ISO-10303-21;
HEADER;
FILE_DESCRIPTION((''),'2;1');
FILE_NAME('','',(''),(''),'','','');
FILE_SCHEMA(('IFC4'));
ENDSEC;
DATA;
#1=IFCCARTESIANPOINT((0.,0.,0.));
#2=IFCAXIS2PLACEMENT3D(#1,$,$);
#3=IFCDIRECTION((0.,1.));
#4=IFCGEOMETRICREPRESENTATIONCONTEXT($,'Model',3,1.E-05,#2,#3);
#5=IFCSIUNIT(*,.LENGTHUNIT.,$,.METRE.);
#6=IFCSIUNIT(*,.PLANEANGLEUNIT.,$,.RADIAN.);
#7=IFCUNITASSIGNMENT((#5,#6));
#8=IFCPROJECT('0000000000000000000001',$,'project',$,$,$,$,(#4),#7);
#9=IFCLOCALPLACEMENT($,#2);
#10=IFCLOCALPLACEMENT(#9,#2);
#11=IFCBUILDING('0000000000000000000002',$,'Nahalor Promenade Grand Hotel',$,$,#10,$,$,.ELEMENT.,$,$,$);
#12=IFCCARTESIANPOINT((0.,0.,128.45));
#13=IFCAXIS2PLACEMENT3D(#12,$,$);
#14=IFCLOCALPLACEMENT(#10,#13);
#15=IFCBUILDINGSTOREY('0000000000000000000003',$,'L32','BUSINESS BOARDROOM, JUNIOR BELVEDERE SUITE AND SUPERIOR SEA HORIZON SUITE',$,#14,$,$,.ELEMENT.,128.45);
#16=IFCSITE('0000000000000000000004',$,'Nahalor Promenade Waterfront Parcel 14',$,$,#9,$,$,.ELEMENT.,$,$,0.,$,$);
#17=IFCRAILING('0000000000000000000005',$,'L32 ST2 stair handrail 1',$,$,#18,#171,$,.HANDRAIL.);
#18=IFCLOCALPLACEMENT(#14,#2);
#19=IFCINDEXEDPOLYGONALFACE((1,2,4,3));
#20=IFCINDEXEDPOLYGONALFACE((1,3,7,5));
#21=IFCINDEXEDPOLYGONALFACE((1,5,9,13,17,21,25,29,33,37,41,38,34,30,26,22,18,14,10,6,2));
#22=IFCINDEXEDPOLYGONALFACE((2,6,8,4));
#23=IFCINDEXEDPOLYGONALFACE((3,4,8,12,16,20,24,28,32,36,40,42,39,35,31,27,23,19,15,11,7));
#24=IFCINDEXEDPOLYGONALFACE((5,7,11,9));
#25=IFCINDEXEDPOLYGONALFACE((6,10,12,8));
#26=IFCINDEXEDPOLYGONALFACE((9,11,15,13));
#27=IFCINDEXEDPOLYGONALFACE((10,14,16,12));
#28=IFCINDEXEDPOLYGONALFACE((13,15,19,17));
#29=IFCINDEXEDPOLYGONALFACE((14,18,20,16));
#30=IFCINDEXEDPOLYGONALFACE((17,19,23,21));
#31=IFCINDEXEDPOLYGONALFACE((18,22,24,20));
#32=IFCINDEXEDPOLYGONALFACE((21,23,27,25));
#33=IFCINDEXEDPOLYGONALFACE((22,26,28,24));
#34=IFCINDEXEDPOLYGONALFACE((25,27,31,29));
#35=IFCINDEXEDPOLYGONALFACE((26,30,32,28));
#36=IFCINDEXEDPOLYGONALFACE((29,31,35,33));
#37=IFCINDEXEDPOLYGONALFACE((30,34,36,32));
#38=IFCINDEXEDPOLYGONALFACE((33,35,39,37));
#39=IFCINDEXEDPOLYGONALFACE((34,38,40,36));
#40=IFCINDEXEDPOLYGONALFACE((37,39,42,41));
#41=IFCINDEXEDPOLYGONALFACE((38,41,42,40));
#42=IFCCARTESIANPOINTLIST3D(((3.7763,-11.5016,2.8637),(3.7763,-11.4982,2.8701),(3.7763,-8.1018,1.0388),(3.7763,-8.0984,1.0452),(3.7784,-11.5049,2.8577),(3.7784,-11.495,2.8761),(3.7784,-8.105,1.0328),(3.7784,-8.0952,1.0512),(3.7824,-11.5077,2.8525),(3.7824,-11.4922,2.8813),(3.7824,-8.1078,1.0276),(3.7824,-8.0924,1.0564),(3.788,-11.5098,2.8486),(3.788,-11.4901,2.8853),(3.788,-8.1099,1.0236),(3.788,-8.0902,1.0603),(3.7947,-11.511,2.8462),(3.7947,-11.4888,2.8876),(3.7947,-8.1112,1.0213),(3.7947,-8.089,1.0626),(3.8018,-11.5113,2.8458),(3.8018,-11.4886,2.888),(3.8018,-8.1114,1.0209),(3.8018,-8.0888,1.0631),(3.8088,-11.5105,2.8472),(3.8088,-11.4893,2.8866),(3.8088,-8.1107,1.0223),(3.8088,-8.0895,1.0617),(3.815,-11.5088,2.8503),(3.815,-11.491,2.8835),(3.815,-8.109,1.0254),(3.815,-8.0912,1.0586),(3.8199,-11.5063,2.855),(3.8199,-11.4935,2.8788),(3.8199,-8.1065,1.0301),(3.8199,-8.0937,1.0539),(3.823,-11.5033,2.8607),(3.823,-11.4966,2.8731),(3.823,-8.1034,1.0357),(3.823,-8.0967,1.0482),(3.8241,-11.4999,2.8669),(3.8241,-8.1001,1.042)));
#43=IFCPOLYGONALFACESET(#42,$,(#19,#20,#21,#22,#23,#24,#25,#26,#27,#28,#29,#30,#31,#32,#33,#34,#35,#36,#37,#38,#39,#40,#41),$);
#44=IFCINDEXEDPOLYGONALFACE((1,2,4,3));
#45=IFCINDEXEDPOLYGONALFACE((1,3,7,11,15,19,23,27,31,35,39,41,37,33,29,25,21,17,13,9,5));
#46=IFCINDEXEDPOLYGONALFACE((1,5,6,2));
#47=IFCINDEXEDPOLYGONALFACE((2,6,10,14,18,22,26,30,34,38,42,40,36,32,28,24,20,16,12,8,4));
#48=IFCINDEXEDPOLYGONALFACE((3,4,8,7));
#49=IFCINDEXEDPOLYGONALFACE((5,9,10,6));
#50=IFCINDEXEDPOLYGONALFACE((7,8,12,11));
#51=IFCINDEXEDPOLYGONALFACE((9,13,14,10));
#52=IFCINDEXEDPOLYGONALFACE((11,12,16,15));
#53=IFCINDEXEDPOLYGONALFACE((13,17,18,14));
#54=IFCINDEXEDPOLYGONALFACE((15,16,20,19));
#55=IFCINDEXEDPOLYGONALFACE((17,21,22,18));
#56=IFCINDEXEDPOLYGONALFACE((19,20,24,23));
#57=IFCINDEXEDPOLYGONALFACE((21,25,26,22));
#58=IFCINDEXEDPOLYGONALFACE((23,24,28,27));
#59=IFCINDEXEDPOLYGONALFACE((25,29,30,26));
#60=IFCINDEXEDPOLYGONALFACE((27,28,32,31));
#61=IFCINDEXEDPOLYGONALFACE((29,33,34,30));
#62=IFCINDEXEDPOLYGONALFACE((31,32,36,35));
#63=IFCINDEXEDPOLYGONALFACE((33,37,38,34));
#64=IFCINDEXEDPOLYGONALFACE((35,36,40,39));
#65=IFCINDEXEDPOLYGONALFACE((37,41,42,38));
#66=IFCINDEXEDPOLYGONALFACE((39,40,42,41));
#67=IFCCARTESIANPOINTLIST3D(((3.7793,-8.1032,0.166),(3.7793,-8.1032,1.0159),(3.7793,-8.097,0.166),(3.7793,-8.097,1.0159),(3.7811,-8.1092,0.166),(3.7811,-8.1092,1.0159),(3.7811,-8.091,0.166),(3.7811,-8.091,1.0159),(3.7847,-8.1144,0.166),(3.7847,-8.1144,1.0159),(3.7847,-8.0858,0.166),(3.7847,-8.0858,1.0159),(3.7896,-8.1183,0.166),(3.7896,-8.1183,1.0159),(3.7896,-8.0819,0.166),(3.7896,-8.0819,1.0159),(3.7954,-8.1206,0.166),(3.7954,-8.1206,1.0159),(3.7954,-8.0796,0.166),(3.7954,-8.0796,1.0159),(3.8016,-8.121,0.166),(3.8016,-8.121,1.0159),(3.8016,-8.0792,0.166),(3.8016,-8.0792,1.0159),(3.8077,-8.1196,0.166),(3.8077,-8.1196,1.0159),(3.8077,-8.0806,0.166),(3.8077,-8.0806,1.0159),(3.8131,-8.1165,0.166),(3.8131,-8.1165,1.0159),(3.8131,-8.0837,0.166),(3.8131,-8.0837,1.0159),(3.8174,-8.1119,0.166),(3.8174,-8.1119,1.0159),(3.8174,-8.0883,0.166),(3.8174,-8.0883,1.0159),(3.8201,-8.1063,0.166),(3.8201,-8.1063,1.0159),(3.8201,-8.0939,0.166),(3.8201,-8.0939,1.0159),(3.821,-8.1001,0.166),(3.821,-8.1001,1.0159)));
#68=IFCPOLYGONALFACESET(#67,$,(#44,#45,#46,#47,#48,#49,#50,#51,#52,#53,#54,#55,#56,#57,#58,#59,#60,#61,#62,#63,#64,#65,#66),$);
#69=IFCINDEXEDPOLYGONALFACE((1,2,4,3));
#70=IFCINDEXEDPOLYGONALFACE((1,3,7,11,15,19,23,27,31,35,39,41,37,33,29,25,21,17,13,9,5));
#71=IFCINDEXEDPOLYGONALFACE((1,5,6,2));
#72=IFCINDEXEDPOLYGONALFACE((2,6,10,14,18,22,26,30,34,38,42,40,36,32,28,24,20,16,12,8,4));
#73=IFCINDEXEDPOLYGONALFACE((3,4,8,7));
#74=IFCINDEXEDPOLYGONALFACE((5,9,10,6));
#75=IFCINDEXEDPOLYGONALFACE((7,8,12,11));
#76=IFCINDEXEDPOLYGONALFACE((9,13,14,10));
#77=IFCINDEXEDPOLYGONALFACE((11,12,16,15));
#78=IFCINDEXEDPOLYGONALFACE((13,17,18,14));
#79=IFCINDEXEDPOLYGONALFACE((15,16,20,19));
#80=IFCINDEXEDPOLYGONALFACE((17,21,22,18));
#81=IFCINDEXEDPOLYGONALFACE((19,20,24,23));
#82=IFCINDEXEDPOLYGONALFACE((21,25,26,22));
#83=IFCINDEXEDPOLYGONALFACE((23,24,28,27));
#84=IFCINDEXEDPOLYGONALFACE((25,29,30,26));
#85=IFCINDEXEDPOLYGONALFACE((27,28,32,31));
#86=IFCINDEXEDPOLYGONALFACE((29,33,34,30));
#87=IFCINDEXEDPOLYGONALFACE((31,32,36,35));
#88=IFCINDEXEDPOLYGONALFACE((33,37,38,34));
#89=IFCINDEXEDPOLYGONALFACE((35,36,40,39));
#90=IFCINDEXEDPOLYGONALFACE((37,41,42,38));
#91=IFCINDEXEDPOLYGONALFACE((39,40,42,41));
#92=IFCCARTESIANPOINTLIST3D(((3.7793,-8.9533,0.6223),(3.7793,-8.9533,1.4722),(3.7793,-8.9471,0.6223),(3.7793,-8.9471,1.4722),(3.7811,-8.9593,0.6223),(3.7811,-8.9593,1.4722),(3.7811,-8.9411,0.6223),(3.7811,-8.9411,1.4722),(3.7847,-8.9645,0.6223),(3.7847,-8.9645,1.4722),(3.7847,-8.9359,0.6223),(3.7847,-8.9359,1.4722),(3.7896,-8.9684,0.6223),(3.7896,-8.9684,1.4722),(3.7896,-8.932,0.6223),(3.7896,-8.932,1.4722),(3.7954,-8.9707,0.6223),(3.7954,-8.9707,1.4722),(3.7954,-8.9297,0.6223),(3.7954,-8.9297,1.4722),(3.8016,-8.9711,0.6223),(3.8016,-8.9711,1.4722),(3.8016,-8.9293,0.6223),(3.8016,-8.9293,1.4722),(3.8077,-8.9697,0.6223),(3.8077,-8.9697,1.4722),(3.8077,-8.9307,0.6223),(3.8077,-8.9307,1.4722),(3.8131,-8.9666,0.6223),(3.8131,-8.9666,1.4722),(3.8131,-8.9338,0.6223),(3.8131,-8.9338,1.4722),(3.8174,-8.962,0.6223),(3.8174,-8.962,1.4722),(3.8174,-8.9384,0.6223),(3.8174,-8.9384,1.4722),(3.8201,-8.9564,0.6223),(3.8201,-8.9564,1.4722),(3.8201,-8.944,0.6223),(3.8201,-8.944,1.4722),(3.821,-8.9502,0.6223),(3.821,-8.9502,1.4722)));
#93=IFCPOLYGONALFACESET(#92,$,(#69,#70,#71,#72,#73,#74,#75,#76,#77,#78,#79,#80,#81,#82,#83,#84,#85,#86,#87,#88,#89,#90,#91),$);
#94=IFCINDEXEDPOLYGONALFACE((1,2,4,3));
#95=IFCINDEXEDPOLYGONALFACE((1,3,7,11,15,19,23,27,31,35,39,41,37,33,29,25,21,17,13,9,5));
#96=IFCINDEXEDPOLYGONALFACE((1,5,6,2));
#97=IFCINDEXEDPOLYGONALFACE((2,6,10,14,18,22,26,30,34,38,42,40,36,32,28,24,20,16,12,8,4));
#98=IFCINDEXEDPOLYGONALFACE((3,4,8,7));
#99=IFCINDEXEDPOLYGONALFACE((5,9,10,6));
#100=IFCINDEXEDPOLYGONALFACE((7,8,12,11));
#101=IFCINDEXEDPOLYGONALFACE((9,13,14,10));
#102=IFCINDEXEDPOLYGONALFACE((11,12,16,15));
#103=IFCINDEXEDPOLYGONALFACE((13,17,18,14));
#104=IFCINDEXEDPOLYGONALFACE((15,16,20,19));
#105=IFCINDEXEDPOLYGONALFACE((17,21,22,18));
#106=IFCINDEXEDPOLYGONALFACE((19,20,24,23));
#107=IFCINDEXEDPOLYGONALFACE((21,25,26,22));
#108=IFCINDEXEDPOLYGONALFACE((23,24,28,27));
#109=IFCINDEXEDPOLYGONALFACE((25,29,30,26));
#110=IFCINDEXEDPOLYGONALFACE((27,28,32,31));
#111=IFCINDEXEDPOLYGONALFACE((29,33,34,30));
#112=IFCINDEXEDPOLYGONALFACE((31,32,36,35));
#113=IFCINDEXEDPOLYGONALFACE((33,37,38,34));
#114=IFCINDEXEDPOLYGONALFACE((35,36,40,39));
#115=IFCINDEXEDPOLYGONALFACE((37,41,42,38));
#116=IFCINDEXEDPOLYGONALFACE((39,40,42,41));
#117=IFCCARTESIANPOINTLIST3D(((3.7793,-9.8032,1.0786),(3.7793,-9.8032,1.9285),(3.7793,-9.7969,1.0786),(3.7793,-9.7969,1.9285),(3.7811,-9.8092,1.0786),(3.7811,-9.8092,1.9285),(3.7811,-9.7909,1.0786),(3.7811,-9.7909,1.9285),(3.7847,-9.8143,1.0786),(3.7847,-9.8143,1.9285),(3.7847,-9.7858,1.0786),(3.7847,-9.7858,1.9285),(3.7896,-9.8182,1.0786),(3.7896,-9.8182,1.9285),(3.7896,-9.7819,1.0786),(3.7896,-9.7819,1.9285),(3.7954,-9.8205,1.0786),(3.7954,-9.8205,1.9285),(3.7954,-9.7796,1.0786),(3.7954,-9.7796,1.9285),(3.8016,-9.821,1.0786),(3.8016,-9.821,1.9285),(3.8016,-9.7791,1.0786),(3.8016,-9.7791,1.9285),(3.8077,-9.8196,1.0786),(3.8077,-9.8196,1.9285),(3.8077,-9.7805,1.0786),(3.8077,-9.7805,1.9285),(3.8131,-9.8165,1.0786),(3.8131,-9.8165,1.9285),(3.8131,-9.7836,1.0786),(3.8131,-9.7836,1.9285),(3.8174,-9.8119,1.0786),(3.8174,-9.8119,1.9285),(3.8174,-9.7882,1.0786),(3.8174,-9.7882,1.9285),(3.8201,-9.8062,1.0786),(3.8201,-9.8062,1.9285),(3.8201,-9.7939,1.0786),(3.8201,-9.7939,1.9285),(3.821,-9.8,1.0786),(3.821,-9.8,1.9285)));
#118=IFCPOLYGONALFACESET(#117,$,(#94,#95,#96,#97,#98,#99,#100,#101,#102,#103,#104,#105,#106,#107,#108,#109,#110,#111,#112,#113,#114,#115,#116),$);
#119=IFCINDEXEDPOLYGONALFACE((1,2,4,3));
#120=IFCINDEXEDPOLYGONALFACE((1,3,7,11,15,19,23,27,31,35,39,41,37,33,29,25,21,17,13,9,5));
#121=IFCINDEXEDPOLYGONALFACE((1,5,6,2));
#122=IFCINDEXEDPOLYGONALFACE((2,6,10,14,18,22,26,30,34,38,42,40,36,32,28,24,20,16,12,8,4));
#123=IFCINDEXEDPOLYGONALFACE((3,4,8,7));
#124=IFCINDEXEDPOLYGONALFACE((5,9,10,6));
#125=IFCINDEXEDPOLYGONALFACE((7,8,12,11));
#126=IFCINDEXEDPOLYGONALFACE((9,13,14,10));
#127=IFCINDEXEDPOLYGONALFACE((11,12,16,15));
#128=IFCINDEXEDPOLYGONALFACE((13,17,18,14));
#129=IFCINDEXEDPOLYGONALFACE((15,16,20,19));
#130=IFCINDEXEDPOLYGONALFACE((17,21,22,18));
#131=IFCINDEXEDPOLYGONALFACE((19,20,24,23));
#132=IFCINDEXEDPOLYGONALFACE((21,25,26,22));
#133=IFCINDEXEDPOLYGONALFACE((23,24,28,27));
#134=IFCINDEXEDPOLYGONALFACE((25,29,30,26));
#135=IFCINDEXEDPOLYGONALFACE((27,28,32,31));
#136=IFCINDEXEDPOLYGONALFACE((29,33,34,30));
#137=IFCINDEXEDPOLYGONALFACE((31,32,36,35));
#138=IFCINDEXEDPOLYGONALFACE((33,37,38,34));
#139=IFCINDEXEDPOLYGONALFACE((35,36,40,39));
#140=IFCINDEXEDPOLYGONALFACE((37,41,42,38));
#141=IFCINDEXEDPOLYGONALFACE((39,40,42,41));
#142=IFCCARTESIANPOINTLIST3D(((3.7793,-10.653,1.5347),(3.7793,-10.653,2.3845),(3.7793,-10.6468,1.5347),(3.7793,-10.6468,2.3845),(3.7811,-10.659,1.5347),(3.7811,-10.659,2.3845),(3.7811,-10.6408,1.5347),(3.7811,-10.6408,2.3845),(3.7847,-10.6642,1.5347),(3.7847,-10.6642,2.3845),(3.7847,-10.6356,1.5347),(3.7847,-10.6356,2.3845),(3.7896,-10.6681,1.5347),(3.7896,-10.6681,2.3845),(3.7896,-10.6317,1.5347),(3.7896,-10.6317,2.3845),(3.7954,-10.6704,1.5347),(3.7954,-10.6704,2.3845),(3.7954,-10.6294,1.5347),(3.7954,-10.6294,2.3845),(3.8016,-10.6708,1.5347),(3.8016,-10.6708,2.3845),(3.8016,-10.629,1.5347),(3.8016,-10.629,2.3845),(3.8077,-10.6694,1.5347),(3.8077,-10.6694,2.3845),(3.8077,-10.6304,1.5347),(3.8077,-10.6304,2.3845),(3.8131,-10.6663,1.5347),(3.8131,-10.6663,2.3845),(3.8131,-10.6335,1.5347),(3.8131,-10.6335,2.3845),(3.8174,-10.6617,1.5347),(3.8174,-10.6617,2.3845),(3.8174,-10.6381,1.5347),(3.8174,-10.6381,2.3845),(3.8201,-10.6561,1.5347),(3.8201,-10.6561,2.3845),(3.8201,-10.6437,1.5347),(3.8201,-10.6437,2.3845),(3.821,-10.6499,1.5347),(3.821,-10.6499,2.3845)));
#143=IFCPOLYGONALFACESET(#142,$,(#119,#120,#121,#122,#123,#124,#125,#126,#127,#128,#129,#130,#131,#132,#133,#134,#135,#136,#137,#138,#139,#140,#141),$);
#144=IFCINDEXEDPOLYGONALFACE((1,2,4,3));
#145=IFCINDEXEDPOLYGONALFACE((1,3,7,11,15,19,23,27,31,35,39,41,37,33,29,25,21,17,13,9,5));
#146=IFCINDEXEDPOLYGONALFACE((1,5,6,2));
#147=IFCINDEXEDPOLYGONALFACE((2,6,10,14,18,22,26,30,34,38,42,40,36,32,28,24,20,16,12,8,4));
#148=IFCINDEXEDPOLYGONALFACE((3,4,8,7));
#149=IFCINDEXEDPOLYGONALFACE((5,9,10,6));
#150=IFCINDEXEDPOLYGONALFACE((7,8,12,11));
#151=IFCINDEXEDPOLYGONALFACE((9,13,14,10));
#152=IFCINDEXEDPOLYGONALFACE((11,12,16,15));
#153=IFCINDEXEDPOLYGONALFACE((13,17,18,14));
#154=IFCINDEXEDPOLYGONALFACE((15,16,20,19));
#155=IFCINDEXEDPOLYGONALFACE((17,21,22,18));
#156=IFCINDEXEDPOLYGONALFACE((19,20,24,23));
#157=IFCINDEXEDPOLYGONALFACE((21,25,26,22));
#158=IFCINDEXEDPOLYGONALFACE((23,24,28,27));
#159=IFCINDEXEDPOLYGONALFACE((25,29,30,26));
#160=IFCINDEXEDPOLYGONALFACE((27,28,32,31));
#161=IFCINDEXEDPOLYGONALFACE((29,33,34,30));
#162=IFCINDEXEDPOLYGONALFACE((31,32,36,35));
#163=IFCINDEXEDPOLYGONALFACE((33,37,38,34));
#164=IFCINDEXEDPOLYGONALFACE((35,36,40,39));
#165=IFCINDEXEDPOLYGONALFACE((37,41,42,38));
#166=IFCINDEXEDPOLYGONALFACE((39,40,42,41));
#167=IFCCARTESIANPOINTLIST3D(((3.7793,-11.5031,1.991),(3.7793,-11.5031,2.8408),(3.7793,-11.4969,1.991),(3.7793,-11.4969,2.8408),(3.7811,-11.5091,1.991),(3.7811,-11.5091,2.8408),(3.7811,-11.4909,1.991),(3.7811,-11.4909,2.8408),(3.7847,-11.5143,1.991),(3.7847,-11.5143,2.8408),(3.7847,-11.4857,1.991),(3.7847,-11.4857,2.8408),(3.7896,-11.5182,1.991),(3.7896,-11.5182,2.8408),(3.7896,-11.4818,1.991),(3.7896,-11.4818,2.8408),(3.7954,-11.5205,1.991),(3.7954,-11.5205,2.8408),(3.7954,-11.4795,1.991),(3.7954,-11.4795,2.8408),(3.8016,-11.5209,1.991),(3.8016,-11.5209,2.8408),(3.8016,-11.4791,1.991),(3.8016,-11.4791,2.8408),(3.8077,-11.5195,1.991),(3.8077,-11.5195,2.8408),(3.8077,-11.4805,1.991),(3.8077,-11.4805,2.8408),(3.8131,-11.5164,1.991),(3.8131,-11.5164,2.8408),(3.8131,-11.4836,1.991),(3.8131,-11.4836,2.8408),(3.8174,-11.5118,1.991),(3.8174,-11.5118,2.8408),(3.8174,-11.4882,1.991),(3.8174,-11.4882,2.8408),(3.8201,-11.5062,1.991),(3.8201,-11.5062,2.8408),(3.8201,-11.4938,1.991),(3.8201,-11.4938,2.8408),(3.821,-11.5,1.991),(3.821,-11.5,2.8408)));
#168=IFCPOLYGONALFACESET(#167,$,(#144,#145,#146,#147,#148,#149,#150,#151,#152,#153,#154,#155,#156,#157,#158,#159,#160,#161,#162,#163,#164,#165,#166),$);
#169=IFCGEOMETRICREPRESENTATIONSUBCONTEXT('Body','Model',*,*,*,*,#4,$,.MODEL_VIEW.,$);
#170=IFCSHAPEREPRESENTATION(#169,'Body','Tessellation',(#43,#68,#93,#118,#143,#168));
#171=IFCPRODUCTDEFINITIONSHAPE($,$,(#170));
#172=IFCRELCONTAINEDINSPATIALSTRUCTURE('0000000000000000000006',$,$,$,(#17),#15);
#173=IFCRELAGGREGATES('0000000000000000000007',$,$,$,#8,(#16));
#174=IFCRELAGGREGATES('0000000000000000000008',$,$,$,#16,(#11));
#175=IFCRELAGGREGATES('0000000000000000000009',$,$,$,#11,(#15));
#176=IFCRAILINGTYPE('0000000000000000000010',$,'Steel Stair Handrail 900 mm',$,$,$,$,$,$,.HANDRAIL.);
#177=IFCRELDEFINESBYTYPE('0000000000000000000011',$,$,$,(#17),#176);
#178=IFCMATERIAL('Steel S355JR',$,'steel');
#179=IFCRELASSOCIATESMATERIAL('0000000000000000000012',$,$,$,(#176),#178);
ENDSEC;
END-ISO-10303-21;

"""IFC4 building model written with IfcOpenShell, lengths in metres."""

from ifc_helpers import new_model, si_unit, direction, frame, origin, origin_2d, place, context, subcontext, project, spatial, circle, extrude, material, type_object, element, save


model = new_model("IFC4")

# Units and contexts
model_context = context("Model", 3, precision=1e-05, world=origin(), true_north=direction((0.0, 1.0)))
body_context = subcontext(model_context, "Body", "Model", "MODEL_VIEW")
ifc_project = project(units=[si_unit("LENGTHUNIT", "METRE"), si_unit("PLANEANGLEUNIT", "RADIAN")], contexts=[model_context])

# Site, building, storey
site_placement = place(None, origin())
site = spatial("IfcSite", under=ifc_project, at=site_placement, Name="Nahalor Promenade Waterfront Parcel 14", CompositionType="ELEMENT", RefElevation=0.0)
building_placement = place(site_placement, origin())
building = spatial("IfcBuilding", under=site, at=building_placement, Name="Nahalor Promenade Grand Hotel", CompositionType="ELEMENT")
storey_placement = place(building_placement, frame((0.0, 0.0, 128.45)))
storey = spatial("IfcBuildingStorey", under=building, at=storey_placement, Name="L32", Description="BUSINESS BOARDROOM, JUNIOR BELVEDERE SUITE AND SUPERIOR SEA HORIZON SUITE", CompositionType="ELEMENT", Elevation=128.45)

# Shared definitions
ifc_material_1 = material(Name="Steel S355JR", Category="steel")

# Railing
railing_type_1 = type_object("IfcRailingType", Name="Steel Stair Handrail 900 mm", PredefinedType="HANDRAIL", material=ifc_material_1)
railing_1_placement = place(storey_placement, frame((3.8, -8.1001, 0.166)))
element("IfcRailing", 1, at=railing_1_placement, inside=storey, type_object=railing_type_1, Name="L32 ST2 stair handrail 1", PredefinedType="HANDRAIL", context=body_context, shape_type="SweptSolid", body=[
    extrude(circle(Radius=0.024, at=origin_2d()), frame((0.0, 0.0, 0.876), z_axis=(0.0, -0.881094, 0.472941), x_axis=(1.0, 0.0, 0.0)), (0.0, 0.0, 1.0), 3.8586),
    extrude(circle(Radius=0.021, at=origin_2d()), origin(), (0.0, 0.0, 1.0), 0.8499),
    extrude(circle(Radius=0.021, at=origin_2d()), frame((0.0, -0.8501, 0.4563)), (0.0, 0.0, 1.0), 0.8499),
    extrude(circle(Radius=0.021, at=origin_2d()), frame((0.0, -1.7, 0.9126)), (0.0, 0.0, 1.0), 0.8499),
    extrude(circle(Radius=0.021, at=origin_2d()), frame((0.0, -2.5498, 1.3687)), (0.0, 0.0, 1.0), 0.8499),
    extrude(circle(Radius=0.021, at=origin_2d()), frame((0.0, -3.3999, 1.825)), (0.0, 0.0, 1.0), 0.8499),
])

save(model, "model.ifc")
